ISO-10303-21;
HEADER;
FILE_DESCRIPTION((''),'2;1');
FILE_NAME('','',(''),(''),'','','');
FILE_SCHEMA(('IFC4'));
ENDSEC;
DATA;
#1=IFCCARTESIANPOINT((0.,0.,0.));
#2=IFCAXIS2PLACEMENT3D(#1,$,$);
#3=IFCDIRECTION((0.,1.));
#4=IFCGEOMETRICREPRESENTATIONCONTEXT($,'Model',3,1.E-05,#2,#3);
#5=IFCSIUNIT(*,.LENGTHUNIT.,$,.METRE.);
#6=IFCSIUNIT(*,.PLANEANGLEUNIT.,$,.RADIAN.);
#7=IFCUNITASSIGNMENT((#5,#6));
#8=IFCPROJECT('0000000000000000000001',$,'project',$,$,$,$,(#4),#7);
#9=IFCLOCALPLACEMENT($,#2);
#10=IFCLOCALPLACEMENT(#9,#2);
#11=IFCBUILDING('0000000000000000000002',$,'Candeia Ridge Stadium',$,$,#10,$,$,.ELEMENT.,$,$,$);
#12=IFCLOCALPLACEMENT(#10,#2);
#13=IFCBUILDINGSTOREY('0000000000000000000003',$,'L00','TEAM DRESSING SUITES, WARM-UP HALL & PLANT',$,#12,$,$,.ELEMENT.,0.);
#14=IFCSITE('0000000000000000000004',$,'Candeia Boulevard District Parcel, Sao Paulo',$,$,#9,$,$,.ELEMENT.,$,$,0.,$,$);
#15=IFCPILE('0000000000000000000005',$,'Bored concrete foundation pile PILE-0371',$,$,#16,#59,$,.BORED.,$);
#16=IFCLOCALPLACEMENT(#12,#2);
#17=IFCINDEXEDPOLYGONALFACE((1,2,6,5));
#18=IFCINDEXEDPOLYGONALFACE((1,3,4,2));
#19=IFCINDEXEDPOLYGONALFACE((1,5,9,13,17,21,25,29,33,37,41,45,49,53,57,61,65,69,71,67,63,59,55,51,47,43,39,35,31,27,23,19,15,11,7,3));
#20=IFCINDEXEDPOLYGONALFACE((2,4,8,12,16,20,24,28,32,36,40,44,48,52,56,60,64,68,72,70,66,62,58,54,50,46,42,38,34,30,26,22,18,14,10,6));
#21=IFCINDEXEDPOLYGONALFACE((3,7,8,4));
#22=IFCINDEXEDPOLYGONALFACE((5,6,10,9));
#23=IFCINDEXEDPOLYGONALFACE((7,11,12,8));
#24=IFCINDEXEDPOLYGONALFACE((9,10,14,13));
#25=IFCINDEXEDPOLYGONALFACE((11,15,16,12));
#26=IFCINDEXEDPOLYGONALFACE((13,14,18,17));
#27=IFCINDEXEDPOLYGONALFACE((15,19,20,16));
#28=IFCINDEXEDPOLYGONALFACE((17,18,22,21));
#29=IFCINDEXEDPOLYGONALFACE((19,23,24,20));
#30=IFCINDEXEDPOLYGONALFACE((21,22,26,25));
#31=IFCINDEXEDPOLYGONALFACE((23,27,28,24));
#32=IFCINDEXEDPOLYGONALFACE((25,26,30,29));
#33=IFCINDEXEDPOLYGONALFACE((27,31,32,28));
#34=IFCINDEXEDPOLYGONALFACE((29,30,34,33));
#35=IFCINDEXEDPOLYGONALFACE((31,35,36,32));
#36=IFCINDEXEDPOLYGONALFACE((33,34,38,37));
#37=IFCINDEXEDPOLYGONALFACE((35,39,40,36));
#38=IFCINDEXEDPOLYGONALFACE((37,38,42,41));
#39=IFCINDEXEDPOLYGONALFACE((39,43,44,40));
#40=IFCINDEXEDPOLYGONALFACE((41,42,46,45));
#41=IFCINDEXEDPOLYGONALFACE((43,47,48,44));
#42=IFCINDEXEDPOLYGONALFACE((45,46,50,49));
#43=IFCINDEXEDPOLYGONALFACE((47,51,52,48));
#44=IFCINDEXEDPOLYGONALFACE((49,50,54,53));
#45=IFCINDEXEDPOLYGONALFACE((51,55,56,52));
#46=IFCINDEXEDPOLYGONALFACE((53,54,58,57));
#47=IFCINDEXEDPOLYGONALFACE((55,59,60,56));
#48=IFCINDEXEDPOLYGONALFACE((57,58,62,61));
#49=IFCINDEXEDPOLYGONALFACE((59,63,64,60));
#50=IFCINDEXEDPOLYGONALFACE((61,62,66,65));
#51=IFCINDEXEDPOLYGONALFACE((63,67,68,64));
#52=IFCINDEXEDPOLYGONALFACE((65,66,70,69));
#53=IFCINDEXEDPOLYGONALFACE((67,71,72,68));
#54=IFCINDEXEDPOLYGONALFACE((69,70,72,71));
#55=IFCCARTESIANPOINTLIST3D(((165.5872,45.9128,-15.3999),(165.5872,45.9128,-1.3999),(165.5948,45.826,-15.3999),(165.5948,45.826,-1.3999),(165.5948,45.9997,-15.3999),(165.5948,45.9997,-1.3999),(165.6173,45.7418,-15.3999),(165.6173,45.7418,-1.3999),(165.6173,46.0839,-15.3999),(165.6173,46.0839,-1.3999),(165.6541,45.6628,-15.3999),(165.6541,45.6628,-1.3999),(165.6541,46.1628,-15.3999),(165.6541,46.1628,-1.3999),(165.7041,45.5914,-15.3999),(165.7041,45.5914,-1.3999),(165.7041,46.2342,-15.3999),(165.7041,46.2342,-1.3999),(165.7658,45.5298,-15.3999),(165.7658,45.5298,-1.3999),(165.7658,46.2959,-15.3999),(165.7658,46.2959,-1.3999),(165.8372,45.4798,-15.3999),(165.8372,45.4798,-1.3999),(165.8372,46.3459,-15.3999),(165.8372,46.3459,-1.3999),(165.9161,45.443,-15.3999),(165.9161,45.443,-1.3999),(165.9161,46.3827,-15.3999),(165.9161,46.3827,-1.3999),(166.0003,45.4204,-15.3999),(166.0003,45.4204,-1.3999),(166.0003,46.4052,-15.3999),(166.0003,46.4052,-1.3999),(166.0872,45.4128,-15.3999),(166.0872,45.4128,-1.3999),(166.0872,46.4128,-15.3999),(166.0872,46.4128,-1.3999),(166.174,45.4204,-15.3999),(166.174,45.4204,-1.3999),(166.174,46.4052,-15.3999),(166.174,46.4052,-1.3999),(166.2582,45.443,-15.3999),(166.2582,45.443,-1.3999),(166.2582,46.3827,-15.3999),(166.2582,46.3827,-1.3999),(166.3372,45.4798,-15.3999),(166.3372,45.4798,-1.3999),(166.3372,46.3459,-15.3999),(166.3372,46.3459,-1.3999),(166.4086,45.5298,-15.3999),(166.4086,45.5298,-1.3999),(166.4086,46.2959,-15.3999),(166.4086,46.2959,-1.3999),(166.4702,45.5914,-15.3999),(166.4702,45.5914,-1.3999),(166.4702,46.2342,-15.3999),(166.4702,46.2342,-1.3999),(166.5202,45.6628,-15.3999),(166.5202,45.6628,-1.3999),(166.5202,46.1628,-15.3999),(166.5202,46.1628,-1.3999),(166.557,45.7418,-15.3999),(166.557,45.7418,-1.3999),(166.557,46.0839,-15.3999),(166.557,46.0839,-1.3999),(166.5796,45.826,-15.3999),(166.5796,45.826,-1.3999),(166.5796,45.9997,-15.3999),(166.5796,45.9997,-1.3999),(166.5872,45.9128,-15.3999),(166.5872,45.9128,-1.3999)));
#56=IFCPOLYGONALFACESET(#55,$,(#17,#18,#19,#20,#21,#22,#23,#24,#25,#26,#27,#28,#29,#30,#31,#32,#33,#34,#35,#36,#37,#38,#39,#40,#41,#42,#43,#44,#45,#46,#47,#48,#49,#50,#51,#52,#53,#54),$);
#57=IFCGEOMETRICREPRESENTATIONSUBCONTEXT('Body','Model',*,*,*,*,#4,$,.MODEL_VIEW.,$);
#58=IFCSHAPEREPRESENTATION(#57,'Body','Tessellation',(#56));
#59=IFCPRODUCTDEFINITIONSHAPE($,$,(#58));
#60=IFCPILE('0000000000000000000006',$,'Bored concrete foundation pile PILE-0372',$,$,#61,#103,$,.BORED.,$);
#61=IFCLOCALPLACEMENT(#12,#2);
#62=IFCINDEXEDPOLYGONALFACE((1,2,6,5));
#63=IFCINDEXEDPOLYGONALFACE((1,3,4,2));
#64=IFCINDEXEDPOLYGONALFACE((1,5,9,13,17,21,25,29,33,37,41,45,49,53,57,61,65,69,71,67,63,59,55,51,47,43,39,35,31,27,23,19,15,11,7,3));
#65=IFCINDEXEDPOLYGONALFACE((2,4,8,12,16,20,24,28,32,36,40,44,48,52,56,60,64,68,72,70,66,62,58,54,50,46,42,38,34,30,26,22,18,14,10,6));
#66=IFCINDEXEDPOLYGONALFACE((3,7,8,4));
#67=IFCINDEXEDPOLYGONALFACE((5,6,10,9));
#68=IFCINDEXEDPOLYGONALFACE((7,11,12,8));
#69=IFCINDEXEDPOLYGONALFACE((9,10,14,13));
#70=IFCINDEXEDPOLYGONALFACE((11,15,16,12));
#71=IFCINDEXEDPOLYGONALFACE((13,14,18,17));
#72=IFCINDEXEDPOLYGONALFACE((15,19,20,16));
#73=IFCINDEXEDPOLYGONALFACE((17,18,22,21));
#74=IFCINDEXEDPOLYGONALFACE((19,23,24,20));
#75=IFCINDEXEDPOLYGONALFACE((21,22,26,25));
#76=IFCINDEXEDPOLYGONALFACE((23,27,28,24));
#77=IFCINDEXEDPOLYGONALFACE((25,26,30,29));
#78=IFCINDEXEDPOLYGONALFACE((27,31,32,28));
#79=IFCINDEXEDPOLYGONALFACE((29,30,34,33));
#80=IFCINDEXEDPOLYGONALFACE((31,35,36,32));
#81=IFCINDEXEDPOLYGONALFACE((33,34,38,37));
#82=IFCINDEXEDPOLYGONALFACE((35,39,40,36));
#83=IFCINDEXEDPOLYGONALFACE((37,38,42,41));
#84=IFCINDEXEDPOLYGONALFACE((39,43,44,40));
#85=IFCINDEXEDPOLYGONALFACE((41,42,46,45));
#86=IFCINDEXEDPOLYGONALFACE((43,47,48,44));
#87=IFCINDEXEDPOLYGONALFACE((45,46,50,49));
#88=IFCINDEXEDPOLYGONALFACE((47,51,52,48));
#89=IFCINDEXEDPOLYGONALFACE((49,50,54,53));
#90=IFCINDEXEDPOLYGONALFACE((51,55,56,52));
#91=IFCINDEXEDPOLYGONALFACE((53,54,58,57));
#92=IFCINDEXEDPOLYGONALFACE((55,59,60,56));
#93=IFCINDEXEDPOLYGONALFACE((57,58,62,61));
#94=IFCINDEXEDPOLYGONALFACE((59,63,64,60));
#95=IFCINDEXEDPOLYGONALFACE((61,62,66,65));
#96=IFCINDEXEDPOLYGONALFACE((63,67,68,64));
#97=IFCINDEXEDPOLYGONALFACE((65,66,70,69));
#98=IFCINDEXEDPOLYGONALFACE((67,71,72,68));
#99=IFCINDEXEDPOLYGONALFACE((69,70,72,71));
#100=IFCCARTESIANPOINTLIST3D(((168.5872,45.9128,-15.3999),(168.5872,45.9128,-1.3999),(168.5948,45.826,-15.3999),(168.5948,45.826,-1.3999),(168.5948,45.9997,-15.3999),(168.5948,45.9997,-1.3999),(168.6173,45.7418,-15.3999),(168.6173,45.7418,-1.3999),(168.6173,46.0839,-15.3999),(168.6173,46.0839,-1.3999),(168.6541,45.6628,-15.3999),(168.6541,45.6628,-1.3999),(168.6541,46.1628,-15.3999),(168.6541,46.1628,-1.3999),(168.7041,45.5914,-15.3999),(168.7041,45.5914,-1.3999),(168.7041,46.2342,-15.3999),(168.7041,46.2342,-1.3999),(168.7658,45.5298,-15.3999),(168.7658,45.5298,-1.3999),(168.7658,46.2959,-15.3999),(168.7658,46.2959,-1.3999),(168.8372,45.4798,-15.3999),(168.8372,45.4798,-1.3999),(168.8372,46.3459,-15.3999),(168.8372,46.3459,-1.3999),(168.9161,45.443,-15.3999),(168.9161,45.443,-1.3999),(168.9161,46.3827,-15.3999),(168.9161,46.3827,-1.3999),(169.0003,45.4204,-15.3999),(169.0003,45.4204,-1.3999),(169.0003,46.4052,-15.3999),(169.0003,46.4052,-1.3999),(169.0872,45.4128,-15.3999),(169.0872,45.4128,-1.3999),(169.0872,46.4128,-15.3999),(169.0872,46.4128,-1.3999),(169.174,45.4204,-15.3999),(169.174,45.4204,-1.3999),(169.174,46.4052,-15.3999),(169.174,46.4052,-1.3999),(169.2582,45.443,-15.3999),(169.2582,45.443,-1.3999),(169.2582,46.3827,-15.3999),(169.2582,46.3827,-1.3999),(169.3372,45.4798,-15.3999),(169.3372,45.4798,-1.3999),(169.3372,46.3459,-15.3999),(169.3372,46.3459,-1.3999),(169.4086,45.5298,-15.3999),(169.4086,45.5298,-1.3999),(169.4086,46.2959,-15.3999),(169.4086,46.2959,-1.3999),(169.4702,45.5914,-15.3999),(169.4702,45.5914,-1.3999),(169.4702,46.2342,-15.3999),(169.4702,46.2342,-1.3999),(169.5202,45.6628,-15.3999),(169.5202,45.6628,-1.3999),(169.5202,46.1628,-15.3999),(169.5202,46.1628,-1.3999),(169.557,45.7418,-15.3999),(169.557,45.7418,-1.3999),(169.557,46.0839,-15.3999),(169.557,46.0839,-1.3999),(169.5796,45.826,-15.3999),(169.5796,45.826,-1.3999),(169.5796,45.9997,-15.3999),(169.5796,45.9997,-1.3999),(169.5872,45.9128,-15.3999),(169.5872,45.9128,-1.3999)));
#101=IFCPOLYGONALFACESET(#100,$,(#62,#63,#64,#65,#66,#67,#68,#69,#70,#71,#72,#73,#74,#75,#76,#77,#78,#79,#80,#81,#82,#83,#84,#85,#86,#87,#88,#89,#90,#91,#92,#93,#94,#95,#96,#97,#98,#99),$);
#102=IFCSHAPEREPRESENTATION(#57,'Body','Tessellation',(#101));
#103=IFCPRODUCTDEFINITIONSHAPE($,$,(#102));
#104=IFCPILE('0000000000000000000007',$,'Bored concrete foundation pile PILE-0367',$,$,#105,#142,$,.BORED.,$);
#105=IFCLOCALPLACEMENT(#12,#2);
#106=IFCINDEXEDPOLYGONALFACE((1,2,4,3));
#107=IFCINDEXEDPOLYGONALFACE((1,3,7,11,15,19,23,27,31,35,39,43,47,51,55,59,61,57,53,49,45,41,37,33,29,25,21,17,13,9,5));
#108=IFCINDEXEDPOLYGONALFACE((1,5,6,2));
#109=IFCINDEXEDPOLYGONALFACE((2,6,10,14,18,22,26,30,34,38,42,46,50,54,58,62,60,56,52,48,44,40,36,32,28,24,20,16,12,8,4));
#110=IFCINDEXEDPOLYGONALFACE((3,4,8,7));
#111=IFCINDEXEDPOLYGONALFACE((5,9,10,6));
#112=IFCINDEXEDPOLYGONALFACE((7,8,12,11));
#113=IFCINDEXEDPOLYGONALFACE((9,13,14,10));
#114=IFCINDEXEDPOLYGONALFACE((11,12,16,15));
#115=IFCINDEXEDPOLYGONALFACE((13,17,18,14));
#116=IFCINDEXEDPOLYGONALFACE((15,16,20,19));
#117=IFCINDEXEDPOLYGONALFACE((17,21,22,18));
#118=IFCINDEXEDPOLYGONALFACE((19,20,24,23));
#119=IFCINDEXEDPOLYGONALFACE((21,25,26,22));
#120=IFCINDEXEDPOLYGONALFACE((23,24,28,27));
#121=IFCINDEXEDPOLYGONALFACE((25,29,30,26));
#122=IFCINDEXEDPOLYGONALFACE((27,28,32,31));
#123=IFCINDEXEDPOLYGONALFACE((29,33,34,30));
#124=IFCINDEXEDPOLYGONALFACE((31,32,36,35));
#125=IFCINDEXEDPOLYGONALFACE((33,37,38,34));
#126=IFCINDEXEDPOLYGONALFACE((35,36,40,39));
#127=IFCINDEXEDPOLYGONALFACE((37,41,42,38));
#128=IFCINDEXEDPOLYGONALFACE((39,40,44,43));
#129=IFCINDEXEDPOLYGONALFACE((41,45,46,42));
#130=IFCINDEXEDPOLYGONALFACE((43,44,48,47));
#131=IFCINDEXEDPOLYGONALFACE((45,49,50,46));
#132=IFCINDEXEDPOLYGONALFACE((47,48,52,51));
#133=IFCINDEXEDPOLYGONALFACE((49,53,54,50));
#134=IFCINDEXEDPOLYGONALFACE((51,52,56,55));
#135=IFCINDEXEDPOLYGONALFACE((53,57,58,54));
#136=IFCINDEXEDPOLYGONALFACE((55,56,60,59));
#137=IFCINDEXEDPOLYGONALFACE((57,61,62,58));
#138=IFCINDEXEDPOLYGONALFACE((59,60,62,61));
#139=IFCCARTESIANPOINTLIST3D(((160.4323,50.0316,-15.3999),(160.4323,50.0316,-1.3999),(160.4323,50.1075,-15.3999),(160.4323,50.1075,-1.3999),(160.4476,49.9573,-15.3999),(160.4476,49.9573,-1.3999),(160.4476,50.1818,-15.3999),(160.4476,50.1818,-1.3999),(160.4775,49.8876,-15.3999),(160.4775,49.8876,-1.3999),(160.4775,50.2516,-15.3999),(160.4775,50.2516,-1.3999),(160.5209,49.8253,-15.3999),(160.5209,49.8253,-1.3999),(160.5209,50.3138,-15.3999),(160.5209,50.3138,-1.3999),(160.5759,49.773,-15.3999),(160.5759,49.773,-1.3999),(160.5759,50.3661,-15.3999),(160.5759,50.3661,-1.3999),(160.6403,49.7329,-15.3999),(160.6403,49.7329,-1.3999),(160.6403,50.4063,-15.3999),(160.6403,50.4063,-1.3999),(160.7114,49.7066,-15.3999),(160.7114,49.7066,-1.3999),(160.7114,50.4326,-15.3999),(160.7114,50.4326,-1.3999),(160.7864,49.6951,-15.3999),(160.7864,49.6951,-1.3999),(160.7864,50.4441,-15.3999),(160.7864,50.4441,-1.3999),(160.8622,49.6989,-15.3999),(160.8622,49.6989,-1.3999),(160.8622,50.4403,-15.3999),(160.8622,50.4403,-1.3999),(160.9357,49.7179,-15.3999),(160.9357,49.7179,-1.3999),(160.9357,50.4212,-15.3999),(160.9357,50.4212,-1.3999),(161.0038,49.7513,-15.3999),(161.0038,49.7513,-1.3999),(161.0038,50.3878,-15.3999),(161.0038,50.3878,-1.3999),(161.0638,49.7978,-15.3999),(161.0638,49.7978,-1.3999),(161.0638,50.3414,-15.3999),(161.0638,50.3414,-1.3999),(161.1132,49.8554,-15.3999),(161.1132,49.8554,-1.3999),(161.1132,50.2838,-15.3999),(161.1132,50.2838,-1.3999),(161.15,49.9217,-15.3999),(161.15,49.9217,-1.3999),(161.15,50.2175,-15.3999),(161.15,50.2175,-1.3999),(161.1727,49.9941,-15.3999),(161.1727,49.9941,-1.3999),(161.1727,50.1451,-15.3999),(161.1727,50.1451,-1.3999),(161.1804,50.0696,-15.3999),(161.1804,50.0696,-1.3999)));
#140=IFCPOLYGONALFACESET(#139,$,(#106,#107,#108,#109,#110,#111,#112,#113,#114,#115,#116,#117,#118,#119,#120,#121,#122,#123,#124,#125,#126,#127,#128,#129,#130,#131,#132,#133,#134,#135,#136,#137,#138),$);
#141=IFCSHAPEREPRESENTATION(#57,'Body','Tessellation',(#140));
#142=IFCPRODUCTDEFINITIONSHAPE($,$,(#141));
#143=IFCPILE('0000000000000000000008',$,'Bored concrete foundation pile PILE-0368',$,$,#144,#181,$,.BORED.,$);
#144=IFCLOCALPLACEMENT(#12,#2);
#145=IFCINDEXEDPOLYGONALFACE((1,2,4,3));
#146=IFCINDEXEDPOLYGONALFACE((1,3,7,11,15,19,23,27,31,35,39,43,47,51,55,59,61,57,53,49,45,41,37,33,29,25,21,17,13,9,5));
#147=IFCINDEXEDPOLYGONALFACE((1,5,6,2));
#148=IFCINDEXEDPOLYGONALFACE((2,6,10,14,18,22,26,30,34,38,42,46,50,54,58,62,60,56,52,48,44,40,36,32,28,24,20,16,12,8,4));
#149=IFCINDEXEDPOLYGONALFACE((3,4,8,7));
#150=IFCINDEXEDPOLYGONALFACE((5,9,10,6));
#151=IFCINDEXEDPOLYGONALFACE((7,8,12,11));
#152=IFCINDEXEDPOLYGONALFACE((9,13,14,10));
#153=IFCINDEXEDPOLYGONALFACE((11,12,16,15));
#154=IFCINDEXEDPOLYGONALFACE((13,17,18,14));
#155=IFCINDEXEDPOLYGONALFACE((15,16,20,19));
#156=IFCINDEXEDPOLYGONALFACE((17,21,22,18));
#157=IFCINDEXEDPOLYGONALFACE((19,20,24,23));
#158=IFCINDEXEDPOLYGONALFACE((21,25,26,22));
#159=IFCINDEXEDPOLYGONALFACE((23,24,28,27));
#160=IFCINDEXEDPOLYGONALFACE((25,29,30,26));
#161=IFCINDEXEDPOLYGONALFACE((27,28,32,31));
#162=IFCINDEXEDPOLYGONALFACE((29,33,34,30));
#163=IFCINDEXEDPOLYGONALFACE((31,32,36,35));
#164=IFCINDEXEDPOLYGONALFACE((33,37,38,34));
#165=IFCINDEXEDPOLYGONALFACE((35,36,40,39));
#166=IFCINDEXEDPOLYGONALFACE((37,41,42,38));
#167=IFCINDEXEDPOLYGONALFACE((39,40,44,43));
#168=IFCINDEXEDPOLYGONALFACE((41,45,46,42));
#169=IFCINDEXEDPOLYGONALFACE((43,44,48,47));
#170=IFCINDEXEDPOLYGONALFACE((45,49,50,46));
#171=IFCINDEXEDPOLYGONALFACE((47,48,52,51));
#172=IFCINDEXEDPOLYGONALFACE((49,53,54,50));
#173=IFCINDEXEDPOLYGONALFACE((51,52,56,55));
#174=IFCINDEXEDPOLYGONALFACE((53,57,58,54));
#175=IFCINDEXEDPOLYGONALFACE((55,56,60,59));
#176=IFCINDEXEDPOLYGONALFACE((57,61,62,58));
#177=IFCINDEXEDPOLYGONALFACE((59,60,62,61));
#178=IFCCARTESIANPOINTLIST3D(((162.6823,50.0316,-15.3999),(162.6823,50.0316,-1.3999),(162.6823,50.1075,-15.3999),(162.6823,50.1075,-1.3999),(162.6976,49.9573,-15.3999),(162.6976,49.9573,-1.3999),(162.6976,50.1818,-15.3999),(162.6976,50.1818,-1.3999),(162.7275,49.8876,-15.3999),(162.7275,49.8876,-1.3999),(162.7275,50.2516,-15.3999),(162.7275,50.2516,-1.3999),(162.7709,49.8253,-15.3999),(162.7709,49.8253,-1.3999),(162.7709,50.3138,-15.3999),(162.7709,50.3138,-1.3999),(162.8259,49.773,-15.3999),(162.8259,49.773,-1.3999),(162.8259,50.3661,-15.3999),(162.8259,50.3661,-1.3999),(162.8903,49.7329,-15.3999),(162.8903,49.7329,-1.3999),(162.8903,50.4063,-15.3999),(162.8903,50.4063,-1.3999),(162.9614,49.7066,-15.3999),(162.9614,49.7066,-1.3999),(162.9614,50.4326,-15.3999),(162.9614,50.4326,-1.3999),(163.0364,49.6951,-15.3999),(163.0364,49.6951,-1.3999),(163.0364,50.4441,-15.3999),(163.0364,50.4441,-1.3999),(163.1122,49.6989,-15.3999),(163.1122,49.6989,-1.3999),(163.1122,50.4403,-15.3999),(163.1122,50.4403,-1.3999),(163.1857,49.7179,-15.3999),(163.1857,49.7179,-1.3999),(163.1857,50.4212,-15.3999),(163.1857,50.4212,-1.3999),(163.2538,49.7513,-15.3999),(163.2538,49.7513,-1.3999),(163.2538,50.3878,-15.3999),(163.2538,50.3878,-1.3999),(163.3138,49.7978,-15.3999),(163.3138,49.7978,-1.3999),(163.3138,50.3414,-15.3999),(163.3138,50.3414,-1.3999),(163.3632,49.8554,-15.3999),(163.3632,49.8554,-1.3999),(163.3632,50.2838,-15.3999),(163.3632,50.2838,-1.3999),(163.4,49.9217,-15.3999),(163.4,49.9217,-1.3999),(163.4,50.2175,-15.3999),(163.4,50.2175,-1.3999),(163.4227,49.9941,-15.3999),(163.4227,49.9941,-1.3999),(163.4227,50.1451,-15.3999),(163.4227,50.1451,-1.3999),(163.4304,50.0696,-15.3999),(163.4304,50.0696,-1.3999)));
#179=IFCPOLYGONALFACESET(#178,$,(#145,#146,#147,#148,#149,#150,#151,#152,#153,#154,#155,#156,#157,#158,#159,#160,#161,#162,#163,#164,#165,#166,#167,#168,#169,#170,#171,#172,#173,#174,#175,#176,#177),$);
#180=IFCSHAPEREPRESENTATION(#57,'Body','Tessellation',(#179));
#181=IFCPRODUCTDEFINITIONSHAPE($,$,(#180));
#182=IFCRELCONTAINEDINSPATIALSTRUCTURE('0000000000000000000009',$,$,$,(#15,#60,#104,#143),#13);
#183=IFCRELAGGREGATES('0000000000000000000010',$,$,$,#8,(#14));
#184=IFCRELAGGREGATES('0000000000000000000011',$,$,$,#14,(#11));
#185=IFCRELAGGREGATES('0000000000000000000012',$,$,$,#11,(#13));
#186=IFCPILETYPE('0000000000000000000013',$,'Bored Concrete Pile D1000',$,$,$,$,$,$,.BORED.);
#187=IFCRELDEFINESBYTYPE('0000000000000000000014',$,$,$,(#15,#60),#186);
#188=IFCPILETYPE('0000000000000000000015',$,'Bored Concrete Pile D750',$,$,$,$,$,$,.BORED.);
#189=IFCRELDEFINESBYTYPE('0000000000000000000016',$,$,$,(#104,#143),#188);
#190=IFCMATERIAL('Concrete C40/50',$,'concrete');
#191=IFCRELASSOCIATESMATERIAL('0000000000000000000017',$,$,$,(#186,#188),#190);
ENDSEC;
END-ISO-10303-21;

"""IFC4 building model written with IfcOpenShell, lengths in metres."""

from ifc_helpers import new_model, si_unit, direction, frame, origin, origin_2d, place, context, subcontext, project, spatial, circle, extrude, material, material_profile, profile_set, type_object, element, save


model = new_model("IFC4")

# Units and contexts
model_context = context("Model", 3, precision=1e-05, world=origin(), true_north=direction((0.0, 1.0)))
body_context = subcontext(model_context, "Body", "Model", "MODEL_VIEW")
ifc_project = project(units=[si_unit("LENGTHUNIT", "METRE"), si_unit("PLANEANGLEUNIT", "RADIAN")], contexts=[model_context])

# Site, building, storey
site_placement = place(None, origin())
site = spatial("IfcSite", under=ifc_project, at=site_placement, Name="Candeia Boulevard District Parcel, Sao Paulo", CompositionType="ELEMENT", RefElevation=0.0)
building_placement = place(site_placement, origin())
building = spatial("IfcBuilding", under=site, at=building_placement, Name="Candeia Ridge Stadium", CompositionType="ELEMENT")
storey_placement = place(building_placement, origin())
storey = spatial("IfcBuildingStorey", under=building, at=storey_placement, Name="L00", Description="TEAM DRESSING SUITES, WARM-UP HALL & PLANT", CompositionType="ELEMENT", Elevation=0.0)

# Piles
ifc_material_1 = material(Name="Concrete C40/50", Category="concrete")
ifc_material_profile_1 = material_profile(ifc_material_1, circle(Radius=0.5, at=origin_2d()), Name="PILE-D1000", Category="concrete")
ifc_profile_set_1 = profile_set([ifc_material_profile_1], Name="Concrete C40/50")
pile_type_1 = type_object("IfcPileType", Name="Bored Concrete Pile D1000", PredefinedType="BORED", material=ifc_profile_set_1)
for number, where, z_axis, x_axis, name in (
    (1, (166.0872, 45.9128, -1.3999), (0.0, 0.0, -1.0), (1.0, 0.0, 0.0), "Bored concrete foundation pile PILE-0371"),
    (2, (169.0872, 45.9128, -1.3999), (0.0, 0.0, -1.0), (1.0, 0.0, 0.0), "Bored concrete foundation pile PILE-0372"),
):
    element("IfcPile", number, at=place(storey_placement, frame(where, z_axis=z_axis, x_axis=x_axis)), inside=storey, type_object=pile_type_1, Name=name, PredefinedType="BORED", context=body_context, shape_type="SweptSolid", body=[
        extrude(circle(Radius=0.5, at=origin_2d()), origin(), (0.0, 0.0, 1.0), 14.0),
    ])
ifc_material_profile_2 = material_profile(ifc_material_1, circle(Radius=0.375, at=origin_2d()), Name="PILE-D750", Category="concrete")
ifc_profile_set_2 = profile_set([ifc_material_profile_2], Name="Concrete C40/50")
pile_type_2 = type_object("IfcPileType", Name="Bored Concrete Pile D750", PredefinedType="BORED", material=ifc_profile_set_2)
for number, where, z_axis, x_axis, name in (
    (3, (160.8054, 50.0696, -1.3999), (0.0, 0.0, -1.0), (1.0, 0.0, 0.0), "Bored concrete foundation pile PILE-0367"),
    (4, (163.0554, 50.0696, -1.3999), (0.0, 0.0, -1.0), (1.0, 0.0, 0.0), "Bored concrete foundation pile PILE-0368"),
):
    element("IfcPile", number, at=place(storey_placement, frame(where, z_axis=z_axis, x_axis=x_axis)), inside=storey, type_object=pile_type_2, Name=name, PredefinedType="BORED", context=body_context, shape_type="SweptSolid", body=[
        extrude(circle(Radius=0.375, at=origin_2d()), origin(), (0.0, 0.0, 1.0), 14.0),
    ])

save(model, "model.ifc")
